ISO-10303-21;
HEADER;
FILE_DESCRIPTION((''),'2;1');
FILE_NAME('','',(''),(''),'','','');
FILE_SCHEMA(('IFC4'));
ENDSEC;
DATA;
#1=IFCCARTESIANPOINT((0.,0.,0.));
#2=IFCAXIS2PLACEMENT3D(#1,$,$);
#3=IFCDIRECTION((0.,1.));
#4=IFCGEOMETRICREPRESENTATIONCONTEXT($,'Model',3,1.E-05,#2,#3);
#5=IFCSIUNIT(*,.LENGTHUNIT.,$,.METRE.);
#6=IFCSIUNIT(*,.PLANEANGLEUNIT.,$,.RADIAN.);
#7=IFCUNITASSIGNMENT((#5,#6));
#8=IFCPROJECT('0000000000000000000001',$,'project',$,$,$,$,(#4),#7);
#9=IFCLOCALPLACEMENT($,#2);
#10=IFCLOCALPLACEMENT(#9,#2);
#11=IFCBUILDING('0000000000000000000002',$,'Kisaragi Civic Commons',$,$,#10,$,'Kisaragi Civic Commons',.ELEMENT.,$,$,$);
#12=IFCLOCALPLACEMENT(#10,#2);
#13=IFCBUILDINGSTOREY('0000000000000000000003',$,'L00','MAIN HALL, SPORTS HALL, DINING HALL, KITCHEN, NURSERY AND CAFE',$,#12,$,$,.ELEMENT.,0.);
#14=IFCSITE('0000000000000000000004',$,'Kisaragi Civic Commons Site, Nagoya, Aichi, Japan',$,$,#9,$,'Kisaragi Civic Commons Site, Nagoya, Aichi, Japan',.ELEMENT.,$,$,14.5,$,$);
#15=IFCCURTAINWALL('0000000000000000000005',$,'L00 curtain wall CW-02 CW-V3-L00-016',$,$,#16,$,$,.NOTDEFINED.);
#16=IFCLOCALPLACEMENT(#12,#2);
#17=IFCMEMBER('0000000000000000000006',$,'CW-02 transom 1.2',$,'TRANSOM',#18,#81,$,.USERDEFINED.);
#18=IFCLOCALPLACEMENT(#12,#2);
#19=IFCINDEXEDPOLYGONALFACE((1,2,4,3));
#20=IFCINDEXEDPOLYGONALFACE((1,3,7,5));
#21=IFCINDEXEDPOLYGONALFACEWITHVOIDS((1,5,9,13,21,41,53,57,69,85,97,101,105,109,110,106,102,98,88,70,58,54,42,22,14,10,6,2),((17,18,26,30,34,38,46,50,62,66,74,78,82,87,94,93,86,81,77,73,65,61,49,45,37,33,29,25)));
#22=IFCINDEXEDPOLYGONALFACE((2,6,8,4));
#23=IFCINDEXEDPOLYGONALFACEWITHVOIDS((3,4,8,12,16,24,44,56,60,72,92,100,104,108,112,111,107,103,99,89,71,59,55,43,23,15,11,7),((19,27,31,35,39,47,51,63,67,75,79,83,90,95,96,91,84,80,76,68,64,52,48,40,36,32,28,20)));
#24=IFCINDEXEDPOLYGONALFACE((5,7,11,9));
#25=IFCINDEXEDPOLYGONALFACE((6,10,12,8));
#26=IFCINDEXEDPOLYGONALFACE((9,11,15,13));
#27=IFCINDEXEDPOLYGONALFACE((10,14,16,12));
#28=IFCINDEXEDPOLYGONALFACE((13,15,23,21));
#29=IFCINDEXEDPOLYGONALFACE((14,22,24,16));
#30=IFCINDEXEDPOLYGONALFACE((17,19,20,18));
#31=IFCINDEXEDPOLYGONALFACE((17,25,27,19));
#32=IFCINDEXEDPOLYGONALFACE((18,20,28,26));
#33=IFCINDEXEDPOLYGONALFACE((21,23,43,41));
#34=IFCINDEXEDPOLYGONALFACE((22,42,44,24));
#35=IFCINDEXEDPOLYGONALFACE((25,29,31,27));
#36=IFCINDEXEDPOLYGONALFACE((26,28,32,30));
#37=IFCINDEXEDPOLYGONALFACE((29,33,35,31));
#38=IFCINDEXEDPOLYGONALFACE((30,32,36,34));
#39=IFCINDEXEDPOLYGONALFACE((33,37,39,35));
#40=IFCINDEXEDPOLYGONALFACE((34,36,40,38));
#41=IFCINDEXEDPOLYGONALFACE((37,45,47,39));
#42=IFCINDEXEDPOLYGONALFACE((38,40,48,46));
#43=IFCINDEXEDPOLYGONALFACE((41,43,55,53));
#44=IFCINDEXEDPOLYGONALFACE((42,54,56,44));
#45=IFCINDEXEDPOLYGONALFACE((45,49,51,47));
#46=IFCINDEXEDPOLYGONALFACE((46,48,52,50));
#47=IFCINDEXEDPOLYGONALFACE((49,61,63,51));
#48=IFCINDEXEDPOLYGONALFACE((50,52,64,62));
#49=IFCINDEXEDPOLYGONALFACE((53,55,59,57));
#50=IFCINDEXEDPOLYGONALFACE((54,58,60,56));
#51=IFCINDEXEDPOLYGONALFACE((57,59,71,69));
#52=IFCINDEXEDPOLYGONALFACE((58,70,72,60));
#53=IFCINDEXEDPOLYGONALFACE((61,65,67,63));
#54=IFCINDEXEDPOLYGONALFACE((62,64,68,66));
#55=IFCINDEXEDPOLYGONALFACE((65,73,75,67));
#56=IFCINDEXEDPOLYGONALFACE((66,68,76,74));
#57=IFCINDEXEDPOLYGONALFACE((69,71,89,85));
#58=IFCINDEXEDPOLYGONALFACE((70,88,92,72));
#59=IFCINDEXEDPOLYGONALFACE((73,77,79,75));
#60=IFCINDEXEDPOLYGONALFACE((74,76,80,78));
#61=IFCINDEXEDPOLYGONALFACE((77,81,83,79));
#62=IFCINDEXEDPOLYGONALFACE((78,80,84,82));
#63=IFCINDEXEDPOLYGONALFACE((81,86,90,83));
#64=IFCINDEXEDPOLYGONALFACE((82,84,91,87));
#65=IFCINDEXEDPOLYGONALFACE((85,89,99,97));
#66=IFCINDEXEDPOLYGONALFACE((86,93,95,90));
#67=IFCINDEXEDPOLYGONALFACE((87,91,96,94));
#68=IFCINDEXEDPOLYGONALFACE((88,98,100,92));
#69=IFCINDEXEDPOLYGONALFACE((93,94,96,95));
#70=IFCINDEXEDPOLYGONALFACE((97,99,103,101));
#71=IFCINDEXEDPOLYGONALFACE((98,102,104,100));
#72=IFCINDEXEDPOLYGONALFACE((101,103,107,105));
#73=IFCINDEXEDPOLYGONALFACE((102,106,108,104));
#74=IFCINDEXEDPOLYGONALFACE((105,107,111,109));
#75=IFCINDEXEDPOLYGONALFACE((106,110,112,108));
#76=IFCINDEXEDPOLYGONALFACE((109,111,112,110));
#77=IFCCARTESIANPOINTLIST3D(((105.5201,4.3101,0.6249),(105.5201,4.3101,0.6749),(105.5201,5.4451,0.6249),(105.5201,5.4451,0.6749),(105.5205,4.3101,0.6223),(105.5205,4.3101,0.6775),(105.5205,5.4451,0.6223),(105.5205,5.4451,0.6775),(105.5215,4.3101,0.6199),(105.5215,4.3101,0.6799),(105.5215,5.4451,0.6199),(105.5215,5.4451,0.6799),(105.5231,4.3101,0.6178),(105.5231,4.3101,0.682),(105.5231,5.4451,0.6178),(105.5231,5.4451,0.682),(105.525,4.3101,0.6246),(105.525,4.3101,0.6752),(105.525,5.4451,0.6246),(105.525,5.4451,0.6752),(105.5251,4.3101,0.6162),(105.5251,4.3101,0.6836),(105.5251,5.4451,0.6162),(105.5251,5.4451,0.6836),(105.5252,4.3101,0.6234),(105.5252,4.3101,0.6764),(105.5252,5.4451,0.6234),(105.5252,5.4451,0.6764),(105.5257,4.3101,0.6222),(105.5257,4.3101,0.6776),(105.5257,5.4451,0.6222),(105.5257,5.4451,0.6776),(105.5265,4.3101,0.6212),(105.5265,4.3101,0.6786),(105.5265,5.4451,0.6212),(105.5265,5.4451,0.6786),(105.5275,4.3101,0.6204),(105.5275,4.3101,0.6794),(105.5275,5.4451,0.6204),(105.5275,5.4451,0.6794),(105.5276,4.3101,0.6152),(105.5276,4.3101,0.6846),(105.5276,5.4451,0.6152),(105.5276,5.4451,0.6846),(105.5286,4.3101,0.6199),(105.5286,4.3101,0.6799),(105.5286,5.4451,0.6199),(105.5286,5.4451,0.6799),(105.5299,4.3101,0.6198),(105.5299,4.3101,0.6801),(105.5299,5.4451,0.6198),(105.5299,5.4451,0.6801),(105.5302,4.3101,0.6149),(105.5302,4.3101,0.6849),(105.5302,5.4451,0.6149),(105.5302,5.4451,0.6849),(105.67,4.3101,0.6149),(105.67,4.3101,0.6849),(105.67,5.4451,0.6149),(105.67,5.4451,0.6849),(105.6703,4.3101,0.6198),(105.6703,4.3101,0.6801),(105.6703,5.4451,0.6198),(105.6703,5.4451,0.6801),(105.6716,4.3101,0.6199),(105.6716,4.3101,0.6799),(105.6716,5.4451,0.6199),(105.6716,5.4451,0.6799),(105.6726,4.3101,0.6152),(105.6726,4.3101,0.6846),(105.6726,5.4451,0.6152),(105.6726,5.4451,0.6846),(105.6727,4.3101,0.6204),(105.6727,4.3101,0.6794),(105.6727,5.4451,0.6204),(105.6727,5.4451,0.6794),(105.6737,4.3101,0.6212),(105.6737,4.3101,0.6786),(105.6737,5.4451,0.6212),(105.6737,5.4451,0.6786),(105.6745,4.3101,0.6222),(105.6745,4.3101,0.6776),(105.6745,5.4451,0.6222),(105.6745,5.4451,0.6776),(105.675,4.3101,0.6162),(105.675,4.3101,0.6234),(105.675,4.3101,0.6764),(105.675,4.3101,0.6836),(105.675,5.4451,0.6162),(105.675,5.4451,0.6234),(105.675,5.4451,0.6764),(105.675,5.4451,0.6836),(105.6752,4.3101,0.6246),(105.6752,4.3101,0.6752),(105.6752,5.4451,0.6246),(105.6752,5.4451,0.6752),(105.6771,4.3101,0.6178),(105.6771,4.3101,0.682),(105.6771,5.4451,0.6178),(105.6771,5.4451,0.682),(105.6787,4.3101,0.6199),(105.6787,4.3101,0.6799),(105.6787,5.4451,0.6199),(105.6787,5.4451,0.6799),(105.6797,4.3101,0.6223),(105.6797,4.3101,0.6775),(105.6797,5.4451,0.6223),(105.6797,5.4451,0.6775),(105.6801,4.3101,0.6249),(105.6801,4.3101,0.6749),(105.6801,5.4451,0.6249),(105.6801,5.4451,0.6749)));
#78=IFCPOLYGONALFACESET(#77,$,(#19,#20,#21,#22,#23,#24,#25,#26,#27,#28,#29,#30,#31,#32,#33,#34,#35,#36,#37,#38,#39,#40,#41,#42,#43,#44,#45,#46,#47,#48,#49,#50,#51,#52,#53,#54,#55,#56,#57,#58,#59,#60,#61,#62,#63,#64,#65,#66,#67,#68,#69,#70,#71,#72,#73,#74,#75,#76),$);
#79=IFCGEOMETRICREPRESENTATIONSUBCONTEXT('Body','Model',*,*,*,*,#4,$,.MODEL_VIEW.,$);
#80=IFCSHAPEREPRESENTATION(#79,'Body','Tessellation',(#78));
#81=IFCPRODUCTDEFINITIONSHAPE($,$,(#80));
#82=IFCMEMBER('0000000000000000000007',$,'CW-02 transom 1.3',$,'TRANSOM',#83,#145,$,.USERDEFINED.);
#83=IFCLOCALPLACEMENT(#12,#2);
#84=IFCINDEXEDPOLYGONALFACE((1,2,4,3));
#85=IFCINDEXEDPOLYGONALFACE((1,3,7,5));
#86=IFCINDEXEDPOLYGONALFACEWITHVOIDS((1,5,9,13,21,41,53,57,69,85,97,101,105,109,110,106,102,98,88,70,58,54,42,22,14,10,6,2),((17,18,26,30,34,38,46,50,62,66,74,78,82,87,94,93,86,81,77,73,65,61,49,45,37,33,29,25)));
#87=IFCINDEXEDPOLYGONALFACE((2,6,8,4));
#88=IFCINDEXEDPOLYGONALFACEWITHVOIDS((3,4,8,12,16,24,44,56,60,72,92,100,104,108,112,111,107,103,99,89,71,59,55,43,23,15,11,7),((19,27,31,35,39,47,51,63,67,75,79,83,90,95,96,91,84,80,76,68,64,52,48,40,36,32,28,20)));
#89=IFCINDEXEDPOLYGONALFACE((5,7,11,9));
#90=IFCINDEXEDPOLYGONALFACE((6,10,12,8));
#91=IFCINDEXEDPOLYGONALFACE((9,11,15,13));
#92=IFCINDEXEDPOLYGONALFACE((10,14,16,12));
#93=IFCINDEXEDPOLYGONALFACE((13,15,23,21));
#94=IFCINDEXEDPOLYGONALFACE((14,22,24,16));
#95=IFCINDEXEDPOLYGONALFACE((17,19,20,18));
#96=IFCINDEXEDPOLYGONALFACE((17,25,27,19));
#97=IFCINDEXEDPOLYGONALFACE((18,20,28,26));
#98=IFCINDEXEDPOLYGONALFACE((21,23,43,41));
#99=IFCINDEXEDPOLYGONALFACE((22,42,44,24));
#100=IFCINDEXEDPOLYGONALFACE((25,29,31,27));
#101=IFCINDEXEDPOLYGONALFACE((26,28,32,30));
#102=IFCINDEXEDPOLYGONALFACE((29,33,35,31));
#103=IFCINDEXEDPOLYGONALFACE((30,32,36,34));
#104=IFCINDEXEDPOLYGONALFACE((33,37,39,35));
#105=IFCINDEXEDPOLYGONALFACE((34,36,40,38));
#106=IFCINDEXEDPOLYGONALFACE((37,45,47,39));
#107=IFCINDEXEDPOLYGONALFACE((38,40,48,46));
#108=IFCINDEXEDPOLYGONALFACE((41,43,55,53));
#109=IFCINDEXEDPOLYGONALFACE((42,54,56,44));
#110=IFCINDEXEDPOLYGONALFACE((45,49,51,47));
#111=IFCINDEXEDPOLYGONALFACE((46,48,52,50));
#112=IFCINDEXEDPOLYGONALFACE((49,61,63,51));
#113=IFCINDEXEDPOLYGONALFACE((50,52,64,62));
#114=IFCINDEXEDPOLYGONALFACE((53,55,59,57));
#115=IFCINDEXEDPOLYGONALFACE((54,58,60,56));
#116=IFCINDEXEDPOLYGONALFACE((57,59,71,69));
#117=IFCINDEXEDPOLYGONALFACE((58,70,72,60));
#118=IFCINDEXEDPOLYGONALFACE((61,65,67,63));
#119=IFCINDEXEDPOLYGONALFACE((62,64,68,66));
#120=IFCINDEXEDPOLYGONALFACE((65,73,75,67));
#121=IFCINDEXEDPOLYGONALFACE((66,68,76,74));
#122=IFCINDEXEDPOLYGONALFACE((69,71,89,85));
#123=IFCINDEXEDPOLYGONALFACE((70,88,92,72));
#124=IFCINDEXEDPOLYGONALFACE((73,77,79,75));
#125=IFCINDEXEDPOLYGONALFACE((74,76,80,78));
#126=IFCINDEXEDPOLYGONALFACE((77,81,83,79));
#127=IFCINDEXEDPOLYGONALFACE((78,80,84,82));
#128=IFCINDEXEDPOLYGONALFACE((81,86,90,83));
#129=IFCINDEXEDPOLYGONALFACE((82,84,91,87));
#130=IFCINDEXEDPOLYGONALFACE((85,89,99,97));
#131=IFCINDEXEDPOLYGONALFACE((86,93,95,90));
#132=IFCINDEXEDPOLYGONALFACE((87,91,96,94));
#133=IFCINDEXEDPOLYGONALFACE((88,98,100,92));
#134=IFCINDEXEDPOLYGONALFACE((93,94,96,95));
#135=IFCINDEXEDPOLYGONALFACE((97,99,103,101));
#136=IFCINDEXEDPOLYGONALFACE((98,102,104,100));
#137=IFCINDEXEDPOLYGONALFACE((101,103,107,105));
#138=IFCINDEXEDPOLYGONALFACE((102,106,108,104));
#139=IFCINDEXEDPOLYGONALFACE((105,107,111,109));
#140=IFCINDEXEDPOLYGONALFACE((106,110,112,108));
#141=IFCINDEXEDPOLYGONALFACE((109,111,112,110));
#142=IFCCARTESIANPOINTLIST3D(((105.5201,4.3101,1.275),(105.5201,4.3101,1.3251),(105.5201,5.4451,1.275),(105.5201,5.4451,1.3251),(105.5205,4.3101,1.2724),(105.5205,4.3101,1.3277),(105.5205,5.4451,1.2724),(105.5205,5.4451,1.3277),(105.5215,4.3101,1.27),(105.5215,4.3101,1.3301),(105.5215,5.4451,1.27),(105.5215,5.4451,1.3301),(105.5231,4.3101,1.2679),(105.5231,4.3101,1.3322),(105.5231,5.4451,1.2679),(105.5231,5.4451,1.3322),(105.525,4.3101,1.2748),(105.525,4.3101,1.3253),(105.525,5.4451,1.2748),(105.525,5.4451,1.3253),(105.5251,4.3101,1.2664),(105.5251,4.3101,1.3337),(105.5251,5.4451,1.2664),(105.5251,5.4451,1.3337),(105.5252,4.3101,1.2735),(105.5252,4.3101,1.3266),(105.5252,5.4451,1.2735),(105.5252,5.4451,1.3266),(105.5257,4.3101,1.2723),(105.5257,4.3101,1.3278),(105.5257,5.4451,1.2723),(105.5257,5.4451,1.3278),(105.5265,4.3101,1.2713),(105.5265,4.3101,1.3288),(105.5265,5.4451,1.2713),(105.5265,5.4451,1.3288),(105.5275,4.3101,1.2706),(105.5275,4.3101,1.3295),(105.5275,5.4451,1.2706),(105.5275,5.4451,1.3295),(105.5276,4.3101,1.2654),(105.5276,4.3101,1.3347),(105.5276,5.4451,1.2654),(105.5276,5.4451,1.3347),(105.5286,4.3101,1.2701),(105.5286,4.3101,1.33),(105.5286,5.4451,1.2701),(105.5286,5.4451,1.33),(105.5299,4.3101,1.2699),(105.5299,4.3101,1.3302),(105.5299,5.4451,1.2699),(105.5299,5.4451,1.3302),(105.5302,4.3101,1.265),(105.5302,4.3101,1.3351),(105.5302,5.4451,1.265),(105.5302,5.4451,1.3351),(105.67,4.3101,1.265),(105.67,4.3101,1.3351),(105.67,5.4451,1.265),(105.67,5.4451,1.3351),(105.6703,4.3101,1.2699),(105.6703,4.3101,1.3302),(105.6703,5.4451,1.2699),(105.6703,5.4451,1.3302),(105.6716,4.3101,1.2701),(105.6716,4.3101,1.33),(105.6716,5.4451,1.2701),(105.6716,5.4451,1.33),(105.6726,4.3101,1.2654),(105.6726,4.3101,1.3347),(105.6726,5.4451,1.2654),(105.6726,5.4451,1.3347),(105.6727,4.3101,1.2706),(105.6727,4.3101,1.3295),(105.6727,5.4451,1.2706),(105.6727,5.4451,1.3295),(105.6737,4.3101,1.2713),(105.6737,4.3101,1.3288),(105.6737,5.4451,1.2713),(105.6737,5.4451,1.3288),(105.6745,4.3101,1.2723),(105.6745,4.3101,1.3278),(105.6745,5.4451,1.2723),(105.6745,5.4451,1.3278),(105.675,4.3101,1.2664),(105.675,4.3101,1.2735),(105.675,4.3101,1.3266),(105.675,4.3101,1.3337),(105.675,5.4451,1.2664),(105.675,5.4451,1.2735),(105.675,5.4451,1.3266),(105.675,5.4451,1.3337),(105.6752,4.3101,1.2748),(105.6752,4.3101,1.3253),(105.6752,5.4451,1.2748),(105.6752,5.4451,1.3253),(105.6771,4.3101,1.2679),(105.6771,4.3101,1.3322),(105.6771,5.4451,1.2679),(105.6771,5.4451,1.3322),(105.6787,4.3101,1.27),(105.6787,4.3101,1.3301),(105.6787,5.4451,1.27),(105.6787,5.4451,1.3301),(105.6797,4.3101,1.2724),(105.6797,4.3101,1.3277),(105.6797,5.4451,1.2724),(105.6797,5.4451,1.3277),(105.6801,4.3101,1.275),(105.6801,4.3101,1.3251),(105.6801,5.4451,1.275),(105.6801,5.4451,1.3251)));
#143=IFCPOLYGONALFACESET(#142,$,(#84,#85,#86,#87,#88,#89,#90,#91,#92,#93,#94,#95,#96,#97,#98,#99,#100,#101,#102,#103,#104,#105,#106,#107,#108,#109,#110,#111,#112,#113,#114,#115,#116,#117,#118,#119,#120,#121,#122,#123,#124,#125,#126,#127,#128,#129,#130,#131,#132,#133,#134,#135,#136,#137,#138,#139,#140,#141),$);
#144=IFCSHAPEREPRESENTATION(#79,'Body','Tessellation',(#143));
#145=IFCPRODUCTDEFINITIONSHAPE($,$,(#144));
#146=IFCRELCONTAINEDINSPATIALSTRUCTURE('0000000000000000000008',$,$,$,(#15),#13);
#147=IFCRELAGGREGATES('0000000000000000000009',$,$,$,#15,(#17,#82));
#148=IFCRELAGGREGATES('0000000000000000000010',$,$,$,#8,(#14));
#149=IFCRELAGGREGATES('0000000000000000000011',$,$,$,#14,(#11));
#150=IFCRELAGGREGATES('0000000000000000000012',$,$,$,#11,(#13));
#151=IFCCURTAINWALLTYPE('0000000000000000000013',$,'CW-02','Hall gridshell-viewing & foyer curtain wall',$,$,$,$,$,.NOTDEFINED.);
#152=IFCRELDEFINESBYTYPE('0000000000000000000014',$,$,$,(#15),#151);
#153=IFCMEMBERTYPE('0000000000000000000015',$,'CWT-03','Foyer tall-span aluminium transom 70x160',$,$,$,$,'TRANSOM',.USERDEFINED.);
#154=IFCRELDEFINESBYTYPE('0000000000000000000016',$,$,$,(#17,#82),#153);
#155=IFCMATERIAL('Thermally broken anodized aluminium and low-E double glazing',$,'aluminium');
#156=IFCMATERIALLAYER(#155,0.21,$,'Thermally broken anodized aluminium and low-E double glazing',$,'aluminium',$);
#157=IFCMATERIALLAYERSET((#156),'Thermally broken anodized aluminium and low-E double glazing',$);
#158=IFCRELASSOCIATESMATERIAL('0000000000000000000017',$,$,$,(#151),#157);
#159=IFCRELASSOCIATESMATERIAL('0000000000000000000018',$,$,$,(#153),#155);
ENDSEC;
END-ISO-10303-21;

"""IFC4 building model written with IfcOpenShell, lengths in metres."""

from ifc_helpers import new_model, si_unit, direction, frame, origin, origin_2d, place, context, subcontext, project, spatial, hollow_rectangle, extrude, material, layer, layer_set, material_profile, profile_set, type_object, element, aggregate, save


model = new_model("IFC4")

# Units and contexts
model_context = context("Model", 3, precision=1e-05, world=origin(), true_north=direction((0.0, 1.0)))
body_context = subcontext(model_context, "Body", "Model", "MODEL_VIEW")
ifc_project = project(units=[si_unit("LENGTHUNIT", "METRE"), si_unit("PLANEANGLEUNIT", "RADIAN")], contexts=[model_context])

# Site, building, storey
site_placement = place(None, origin())
site = spatial("IfcSite", under=ifc_project, at=site_placement, Name="Kisaragi Civic Commons Site, Nagoya, Aichi, Japan", LongName="Kisaragi Civic Commons Site, Nagoya, Aichi, Japan", CompositionType="ELEMENT", RefElevation=14.5)
building_placement = place(site_placement, origin())
building = spatial("IfcBuilding", under=site, at=building_placement, Name="Kisaragi Civic Commons", LongName="Kisaragi Civic Commons", CompositionType="ELEMENT")
storey_placement = place(building_placement, origin())
storey = spatial("IfcBuildingStorey", under=building, at=storey_placement, Name="L00", Description="MAIN HALL, SPORTS HALL, DINING HALL, KITCHEN, NURSERY AND CAFE", CompositionType="ELEMENT", Elevation=0.0)

# Curtain wall
ifc_material_1 = material(Name="Thermally broken anodized aluminium and low-E double glazing", Category="aluminium")
ifc_layer_1 = layer(ifc_material_1, 0.21, Name="Thermally broken anodized aluminium and low-E double glazing", Category="aluminium")
ifc_layer_set_1 = layer_set([ifc_layer_1], Name="Thermally broken anodized aluminium and low-E double glazing")
curtain_wall_type = type_object("IfcCurtainWallType", Name="CW-02", Description="Hall gridshell-viewing & foyer curtain wall", PredefinedType="NOTDEFINED", material=ifc_layer_set_1)
curtain_wall_1_placement = place(storey_placement, origin())
curtain_wall_1 = element("IfcCurtainWall", 1, at=curtain_wall_1_placement, inside=storey, type_object=curtain_wall_type, Name="L00 curtain wall CW-02 CW-V3-L00-016", PredefinedType="NOTDEFINED")

# Members
ifc_material_profile_1 = material_profile(ifc_material_1, hollow_rectangle(XDim=0.1599, YDim=0.0701, WallThickness=0.0049, InnerFilletRadius=0.0049, OuterFilletRadius=0.01, at=origin_2d()), Name="CWT-70x160x5", Category="aluminium")
ifc_profile_set_1 = profile_set([ifc_material_profile_1], Name="Thermally broken anodized aluminium and low-E double glazing")
member_type_1 = type_object("IfcMemberType", Name="CWT-03", Description="Foyer tall-span aluminium transom 70x160", ElementType="TRANSOM", PredefinedType="USERDEFINED", material=ifc_profile_set_1)
member_1_placement = place(storey_placement, frame((105.6001, 4.3101, 0.6499), z_axis=(0.0, 1.0, 0.0), x_axis=(-1.0, 0.0, 0.0)))
member_1 = element("IfcMember", 2, at=member_1_placement, type_object=member_type_1, Name="CW-02 transom 1.2", ObjectType="TRANSOM", PredefinedType="USERDEFINED", context=body_context, shape_type="SweptSolid", body=[
    extrude(hollow_rectangle(XDim=0.1599, YDim=0.0701, WallThickness=0.0049, InnerFilletRadius=0.0049, OuterFilletRadius=0.01, at=origin_2d()), origin(), (0.0, 0.0, 1.0), 1.135),
])
member_2_placement = place(storey_placement, frame((105.6001, 4.3101, 1.3), z_axis=(0.0, 1.0, 0.0), x_axis=(-1.0, 0.0, 0.0)))
member_2 = element("IfcMember", 3, at=member_2_placement, type_object=member_type_1, Name="CW-02 transom 1.3", ObjectType="TRANSOM", PredefinedType="USERDEFINED", context=body_context, shape_type="SweptSolid", body=[
    extrude(hollow_rectangle(XDim=0.1599, YDim=0.0701, WallThickness=0.0049, InnerFilletRadius=0.0049, OuterFilletRadius=0.01, at=origin_2d()), origin(), (0.0, 0.0, 1.0), 1.135),
])

aggregate(curtain_wall_1, [member_1, member_2])

save(model, "model.ifc")
